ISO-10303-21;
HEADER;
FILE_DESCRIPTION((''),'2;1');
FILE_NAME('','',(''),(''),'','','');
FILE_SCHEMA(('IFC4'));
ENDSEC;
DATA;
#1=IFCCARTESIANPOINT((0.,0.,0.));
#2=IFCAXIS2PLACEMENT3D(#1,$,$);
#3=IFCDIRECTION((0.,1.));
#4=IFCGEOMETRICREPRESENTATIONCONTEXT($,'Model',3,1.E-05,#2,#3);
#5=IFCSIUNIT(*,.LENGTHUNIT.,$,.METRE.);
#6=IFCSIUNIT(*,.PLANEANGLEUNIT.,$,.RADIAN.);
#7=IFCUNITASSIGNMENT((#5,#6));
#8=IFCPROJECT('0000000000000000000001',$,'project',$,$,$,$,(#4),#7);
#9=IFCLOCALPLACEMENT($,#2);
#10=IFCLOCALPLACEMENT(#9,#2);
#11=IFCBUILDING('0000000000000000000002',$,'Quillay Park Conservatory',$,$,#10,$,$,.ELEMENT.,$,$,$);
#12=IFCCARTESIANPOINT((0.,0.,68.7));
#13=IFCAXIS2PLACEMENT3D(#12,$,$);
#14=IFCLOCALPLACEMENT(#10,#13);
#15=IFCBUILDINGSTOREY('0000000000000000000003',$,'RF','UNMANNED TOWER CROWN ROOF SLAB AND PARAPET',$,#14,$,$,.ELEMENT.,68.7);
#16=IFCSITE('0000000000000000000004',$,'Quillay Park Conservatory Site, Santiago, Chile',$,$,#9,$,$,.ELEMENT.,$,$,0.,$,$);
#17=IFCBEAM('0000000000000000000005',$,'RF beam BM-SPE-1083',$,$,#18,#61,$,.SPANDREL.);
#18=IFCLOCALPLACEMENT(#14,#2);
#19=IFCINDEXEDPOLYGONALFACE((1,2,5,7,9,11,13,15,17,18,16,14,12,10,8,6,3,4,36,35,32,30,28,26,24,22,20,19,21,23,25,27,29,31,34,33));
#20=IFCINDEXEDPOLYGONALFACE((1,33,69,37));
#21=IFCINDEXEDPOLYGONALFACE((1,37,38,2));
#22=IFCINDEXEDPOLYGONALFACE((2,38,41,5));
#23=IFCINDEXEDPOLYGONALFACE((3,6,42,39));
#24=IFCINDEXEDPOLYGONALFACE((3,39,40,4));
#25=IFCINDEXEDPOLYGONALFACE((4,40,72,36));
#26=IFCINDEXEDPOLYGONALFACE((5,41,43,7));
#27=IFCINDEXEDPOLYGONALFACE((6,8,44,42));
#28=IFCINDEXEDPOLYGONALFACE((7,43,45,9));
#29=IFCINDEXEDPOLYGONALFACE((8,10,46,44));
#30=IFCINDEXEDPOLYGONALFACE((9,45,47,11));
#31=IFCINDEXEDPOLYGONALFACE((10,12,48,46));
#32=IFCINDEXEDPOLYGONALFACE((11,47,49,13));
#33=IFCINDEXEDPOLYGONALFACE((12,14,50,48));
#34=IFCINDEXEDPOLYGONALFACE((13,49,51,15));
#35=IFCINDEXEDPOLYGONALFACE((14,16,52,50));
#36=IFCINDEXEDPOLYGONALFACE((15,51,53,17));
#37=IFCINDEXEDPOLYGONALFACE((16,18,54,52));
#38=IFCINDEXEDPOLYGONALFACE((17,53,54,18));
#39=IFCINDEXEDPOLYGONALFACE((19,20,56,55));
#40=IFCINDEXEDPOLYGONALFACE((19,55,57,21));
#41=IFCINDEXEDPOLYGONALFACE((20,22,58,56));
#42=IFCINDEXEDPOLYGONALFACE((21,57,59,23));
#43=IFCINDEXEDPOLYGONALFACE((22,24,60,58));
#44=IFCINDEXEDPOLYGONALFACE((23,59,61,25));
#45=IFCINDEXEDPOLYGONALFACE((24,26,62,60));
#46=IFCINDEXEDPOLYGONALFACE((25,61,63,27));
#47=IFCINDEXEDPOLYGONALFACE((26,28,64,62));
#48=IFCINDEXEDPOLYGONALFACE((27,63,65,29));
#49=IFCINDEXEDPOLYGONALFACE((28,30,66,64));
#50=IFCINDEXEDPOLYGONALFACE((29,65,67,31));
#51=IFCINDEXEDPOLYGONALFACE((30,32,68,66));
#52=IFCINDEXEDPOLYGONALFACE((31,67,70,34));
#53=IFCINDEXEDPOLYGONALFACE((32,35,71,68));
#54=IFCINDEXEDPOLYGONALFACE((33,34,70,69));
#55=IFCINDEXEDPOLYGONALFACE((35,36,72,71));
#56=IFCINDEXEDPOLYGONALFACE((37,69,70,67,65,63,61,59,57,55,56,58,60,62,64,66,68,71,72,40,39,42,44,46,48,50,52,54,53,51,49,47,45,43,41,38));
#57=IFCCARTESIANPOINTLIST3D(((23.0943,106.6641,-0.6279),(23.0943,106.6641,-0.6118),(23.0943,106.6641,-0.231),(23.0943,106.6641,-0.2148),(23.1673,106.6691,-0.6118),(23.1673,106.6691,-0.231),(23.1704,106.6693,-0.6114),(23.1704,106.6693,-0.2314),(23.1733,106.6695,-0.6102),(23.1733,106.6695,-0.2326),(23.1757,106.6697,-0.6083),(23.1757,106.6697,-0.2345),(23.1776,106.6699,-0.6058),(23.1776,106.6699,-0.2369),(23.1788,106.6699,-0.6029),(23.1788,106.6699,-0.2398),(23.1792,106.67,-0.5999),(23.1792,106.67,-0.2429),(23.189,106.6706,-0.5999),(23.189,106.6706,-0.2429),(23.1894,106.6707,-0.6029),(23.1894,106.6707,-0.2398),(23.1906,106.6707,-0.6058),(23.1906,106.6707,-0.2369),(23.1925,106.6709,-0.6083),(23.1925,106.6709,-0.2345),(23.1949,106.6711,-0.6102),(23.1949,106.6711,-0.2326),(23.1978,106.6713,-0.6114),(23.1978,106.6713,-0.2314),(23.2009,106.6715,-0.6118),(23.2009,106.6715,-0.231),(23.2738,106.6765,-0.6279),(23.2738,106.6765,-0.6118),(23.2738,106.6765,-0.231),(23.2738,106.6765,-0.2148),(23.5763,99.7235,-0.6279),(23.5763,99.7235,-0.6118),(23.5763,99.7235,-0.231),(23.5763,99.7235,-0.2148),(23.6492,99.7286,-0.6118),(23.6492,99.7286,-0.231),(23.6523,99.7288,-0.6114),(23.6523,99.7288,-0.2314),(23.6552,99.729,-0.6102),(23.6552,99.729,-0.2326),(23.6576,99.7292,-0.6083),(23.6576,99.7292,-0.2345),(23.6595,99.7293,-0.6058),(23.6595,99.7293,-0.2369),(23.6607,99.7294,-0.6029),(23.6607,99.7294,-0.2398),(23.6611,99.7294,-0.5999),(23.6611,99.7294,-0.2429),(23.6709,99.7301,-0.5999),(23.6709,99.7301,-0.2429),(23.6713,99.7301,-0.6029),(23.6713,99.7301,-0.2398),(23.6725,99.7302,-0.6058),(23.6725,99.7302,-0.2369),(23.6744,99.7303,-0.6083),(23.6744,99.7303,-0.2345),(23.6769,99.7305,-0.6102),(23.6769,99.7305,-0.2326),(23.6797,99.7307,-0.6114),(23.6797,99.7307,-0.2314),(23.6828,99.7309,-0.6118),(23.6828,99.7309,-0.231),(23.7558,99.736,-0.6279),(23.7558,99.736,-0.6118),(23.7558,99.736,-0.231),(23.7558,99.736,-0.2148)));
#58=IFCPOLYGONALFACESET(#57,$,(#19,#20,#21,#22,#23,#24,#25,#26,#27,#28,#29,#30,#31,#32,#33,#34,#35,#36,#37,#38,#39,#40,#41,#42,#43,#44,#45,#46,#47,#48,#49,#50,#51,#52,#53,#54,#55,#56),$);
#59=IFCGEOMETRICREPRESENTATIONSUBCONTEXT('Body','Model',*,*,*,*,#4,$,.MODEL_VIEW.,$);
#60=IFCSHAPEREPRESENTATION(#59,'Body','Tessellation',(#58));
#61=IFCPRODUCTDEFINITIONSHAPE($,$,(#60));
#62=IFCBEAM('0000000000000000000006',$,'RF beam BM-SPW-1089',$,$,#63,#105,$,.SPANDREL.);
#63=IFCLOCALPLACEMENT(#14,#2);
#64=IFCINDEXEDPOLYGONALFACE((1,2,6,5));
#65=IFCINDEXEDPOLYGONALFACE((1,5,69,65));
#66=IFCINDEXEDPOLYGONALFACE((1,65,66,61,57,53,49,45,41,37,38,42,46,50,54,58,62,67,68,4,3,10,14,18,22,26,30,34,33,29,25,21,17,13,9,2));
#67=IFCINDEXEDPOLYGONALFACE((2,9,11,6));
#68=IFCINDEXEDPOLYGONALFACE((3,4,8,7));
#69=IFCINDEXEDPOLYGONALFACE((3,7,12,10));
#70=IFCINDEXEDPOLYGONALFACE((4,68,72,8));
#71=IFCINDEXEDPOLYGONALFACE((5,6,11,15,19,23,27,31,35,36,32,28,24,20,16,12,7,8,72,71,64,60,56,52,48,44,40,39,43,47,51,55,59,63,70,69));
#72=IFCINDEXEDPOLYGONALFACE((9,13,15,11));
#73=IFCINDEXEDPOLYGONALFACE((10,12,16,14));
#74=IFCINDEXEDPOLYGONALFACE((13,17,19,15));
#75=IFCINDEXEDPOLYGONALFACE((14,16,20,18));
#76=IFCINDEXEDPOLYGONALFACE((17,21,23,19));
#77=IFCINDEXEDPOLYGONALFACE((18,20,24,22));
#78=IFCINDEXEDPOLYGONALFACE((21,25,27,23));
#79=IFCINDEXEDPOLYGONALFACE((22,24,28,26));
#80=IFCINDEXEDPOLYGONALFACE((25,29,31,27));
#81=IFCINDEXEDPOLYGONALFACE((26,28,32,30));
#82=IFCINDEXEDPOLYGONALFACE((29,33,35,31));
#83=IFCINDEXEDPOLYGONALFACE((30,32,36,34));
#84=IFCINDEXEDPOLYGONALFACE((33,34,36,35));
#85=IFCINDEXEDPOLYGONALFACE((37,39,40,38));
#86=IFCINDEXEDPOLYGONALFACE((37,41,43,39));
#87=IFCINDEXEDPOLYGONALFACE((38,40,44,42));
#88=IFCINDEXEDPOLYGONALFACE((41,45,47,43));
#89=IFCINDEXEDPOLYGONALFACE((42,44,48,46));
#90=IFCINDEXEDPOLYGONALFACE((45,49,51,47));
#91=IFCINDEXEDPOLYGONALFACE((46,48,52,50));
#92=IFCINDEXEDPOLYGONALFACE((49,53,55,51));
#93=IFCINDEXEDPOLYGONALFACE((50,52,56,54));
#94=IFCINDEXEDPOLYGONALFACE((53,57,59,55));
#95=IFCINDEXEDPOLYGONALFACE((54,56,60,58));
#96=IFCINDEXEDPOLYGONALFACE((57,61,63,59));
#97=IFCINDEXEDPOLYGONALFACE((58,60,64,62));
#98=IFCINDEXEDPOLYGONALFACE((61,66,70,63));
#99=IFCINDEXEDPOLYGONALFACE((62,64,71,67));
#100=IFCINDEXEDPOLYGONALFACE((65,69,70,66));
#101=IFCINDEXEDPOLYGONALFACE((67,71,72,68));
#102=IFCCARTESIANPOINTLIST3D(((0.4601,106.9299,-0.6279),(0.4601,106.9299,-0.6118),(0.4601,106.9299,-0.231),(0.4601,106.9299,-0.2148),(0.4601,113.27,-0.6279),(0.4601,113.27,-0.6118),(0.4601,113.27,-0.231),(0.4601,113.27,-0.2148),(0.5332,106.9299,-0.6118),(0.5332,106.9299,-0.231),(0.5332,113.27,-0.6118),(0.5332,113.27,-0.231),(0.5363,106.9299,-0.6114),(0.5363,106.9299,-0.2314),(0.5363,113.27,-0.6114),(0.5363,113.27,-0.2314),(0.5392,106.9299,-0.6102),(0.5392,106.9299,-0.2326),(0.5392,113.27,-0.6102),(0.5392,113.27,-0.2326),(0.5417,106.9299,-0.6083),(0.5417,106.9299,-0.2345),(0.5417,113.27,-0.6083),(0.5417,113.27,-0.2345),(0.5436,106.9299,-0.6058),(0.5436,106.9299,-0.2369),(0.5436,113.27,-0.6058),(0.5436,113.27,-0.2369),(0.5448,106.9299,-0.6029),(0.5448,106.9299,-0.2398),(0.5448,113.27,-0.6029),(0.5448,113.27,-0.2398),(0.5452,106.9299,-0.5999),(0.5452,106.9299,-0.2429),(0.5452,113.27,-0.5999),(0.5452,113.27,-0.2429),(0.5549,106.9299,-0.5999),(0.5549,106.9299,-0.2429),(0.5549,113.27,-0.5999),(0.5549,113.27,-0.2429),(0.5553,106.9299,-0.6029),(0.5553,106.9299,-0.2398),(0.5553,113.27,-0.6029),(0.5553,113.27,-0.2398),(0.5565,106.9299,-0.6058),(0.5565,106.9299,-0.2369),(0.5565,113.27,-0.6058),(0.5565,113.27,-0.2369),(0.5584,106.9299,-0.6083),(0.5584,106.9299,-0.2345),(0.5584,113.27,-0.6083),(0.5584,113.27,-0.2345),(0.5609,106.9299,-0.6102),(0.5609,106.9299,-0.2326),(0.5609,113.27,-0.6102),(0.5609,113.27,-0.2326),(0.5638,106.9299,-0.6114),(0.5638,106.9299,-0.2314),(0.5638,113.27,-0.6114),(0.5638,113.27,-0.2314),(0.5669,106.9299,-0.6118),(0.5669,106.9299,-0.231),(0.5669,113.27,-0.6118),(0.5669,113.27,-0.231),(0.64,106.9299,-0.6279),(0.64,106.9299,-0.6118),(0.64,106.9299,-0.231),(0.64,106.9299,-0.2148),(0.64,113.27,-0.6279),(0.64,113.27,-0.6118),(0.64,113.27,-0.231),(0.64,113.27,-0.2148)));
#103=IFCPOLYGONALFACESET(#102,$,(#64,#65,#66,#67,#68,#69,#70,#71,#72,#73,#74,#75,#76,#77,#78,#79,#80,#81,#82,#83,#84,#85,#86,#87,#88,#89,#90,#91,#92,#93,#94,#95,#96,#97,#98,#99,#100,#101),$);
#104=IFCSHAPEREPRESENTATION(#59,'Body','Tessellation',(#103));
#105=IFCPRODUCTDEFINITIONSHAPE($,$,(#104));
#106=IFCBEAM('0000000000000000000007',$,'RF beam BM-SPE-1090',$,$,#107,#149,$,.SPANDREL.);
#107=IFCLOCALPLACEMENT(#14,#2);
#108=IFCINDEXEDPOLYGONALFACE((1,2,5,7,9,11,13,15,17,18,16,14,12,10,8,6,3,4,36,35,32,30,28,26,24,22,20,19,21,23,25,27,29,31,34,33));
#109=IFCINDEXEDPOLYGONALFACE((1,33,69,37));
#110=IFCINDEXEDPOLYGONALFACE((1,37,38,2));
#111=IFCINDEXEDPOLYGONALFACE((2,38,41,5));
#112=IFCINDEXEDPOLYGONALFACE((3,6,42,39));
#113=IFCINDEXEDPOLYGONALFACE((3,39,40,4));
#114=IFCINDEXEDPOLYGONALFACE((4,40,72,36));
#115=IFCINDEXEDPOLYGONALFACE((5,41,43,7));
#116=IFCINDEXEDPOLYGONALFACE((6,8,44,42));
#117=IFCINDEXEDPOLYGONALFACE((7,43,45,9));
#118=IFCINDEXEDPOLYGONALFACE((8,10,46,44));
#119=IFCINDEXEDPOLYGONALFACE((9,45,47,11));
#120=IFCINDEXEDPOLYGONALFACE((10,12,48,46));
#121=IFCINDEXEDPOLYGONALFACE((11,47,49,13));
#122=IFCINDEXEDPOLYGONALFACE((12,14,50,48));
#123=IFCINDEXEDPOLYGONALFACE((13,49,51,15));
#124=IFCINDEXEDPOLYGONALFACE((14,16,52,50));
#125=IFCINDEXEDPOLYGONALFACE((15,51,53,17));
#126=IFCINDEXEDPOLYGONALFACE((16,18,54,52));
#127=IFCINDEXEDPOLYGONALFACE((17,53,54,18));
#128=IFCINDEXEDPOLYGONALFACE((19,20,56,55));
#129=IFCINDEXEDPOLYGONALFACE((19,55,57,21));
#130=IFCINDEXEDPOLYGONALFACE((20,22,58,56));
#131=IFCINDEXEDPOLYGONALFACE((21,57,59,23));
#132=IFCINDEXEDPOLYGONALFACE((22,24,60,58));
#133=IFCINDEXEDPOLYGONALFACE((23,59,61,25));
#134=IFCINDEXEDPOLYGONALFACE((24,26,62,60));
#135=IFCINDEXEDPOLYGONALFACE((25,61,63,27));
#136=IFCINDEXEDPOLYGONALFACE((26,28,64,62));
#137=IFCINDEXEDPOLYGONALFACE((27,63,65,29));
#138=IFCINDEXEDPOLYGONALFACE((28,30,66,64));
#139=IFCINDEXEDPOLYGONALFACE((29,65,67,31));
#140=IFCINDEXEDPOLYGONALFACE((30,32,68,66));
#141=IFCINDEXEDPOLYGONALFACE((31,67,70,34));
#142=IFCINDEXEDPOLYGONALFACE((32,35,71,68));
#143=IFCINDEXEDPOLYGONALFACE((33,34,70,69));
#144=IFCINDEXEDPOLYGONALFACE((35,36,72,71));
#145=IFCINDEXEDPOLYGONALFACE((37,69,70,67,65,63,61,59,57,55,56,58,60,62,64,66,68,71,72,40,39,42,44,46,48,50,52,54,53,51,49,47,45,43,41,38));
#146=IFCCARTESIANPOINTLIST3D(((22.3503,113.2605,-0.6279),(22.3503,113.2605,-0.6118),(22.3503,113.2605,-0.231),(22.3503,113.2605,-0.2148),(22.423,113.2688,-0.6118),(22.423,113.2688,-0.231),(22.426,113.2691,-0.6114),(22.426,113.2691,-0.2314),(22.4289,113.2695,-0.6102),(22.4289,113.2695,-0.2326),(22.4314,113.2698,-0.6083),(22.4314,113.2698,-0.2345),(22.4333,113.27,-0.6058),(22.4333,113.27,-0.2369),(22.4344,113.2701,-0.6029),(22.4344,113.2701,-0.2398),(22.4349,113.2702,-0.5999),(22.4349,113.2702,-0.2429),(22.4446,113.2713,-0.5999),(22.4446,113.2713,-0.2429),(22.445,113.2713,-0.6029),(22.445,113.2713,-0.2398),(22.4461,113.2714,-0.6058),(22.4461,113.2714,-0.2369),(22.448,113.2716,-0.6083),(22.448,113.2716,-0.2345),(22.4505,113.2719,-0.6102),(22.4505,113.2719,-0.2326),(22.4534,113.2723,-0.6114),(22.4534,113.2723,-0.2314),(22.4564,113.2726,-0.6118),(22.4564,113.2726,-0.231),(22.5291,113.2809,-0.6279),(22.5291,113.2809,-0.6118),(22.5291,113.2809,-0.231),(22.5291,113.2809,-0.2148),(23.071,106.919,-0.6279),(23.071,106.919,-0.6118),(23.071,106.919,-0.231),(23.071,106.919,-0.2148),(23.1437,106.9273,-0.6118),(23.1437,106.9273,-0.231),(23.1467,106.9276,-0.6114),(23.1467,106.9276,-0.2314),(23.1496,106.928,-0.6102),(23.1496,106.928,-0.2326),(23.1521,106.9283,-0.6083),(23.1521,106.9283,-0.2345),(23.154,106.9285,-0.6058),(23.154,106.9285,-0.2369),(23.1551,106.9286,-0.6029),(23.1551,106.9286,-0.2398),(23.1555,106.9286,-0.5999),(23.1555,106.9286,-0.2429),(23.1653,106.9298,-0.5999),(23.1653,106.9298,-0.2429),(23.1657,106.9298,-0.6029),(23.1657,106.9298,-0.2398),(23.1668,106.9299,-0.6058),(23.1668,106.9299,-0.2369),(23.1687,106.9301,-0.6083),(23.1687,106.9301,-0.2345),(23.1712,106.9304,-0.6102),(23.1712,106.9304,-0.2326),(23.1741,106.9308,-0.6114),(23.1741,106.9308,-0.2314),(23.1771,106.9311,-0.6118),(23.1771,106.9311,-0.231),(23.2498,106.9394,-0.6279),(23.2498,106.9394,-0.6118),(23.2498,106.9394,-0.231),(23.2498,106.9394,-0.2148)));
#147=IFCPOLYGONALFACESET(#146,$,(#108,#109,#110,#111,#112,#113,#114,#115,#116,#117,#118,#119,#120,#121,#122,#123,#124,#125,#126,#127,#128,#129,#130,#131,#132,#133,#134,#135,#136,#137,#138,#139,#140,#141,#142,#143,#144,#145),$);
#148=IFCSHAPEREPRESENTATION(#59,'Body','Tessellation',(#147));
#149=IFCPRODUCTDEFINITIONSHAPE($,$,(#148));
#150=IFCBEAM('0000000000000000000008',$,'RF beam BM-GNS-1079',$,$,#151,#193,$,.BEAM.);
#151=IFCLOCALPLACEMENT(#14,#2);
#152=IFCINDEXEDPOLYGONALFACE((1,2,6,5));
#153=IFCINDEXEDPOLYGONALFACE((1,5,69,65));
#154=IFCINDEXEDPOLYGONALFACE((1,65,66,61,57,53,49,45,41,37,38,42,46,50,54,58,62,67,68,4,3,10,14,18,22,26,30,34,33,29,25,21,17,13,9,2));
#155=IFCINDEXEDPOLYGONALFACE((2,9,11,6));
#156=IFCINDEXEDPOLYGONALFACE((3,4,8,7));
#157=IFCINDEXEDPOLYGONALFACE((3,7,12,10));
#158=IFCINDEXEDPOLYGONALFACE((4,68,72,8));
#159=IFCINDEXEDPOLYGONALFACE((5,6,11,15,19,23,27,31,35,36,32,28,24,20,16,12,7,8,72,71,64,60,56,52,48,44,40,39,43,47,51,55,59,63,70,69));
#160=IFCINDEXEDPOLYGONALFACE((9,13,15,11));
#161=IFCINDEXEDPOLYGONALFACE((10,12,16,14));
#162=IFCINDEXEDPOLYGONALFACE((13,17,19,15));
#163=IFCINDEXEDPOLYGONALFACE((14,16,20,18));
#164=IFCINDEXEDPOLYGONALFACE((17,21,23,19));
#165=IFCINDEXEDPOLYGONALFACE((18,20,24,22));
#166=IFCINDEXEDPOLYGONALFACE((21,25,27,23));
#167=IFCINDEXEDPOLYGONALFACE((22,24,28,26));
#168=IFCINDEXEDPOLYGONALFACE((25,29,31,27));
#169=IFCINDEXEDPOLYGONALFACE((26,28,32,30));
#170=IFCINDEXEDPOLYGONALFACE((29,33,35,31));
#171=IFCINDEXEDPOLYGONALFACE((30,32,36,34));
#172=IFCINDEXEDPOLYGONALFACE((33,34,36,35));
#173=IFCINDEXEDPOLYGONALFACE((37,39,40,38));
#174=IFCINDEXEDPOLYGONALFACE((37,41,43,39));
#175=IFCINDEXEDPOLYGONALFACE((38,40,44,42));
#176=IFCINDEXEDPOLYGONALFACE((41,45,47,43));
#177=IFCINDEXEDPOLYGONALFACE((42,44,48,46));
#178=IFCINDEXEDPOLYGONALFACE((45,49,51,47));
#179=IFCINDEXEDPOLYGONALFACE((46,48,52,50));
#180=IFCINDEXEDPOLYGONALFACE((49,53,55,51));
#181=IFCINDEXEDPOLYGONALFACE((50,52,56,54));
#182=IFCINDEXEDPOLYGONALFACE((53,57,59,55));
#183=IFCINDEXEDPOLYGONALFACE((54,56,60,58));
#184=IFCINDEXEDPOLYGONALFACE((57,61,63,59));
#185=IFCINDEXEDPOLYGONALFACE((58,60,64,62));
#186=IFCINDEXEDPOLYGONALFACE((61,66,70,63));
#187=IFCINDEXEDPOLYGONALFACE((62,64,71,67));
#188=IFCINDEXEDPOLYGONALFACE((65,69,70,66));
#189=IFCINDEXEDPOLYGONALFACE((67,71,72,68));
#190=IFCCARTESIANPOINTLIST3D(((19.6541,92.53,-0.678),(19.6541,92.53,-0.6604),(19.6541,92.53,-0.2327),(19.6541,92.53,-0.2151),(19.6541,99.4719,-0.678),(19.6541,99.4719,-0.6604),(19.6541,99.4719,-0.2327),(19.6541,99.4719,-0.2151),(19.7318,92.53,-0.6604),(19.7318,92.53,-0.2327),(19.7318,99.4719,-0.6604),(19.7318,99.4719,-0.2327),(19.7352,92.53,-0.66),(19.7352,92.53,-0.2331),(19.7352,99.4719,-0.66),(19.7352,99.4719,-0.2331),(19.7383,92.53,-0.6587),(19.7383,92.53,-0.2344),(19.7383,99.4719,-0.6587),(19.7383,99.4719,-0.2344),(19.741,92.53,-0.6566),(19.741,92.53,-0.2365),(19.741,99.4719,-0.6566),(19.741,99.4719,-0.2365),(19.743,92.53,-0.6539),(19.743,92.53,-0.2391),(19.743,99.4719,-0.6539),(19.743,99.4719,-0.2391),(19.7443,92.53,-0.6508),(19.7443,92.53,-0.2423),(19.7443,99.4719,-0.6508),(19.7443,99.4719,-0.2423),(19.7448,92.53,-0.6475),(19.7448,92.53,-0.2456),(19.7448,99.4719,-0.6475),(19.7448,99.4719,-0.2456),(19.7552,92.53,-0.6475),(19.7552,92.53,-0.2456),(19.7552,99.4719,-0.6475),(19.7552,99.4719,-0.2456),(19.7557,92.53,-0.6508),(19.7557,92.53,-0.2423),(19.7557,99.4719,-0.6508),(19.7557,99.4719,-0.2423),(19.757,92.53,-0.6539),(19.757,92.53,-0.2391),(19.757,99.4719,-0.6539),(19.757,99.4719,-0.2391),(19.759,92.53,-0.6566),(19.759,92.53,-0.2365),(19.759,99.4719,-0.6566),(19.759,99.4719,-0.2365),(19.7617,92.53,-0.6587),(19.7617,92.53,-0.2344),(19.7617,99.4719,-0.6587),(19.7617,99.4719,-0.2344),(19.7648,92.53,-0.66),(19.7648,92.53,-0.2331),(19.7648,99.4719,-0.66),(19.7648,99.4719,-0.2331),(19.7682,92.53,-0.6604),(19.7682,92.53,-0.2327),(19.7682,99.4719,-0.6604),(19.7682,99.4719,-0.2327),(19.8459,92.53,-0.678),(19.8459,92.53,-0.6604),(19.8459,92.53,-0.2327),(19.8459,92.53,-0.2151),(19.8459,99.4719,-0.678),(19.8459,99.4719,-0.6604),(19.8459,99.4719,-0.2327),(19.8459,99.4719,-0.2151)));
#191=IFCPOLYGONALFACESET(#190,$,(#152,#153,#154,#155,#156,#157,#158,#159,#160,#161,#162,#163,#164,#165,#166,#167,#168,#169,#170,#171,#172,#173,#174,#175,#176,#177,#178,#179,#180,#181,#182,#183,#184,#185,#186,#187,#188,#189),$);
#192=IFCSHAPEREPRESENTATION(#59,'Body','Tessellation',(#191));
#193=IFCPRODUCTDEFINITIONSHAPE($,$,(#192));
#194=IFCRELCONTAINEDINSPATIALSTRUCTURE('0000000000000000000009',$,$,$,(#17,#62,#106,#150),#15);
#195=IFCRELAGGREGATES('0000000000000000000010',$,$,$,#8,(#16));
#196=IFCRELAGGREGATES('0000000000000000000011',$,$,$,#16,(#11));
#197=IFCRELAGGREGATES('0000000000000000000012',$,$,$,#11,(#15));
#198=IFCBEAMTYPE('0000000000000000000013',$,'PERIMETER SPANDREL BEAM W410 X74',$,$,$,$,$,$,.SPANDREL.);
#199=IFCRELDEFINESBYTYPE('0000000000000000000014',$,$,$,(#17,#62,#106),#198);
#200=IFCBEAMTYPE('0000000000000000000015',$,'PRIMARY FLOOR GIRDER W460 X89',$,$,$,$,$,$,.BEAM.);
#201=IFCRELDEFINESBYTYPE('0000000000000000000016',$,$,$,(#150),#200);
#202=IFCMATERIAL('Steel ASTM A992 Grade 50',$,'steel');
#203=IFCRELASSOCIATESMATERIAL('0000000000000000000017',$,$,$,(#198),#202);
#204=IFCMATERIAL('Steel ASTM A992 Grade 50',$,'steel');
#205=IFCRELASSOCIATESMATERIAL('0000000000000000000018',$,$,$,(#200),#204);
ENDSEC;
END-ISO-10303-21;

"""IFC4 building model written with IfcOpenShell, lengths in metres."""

from ifc_helpers import new_model, si_unit, direction, frame, origin, origin_2d, place, context, subcontext, project, spatial, i_section, extrude, material, material_profile, profile_set, type_object, element, save


model = new_model("IFC4")

# Units and contexts
model_context = context("Model", 3, precision=1e-05, world=origin(), true_north=direction((0.0, 1.0)))
body_context = subcontext(model_context, "Body", "Model", "MODEL_VIEW")
ifc_project = project(units=[si_unit("LENGTHUNIT", "METRE"), si_unit("PLANEANGLEUNIT", "RADIAN")], contexts=[model_context])

# Site, building, storey
site_placement = place(None, origin())
site = spatial("IfcSite", under=ifc_project, at=site_placement, Name="Quillay Park Conservatory Site, Santiago, Chile", CompositionType="ELEMENT", RefElevation=0.0)
building_placement = place(site_placement, origin())
building = spatial("IfcBuilding", under=site, at=building_placement, Name="Quillay Park Conservatory", CompositionType="ELEMENT")
storey_placement = place(building_placement, frame((0.0, 0.0, 68.7)))
storey = spatial("IfcBuildingStorey", under=building, at=storey_placement, Name="RF", Description="UNMANNED TOWER CROWN ROOF SLAB AND PARAPET", CompositionType="ELEMENT", Elevation=68.7)

# Beams
ifc_material_1 = material(Name="Steel ASTM A992 Grade 50", Category="steel")
ifc_material_profile_1 = material_profile(ifc_material_1, i_section(OverallWidth=0.1799, OverallDepth=0.4131, WebThickness=0.0098, FlangeThickness=0.0161, FilletRadius=0.012, at=origin_2d()), Name="W410x74")
ifc_profile_set_1 = profile_set([ifc_material_profile_1], Name="Steel ASTM A992 Grade 50")
beam_type_1 = type_object("IfcBeamType", Name="PERIMETER SPANDREL BEAM W410 X74", PredefinedType="SPANDREL", material=ifc_profile_set_1)
beam_1_placement = place(storey_placement, frame((23.666, 99.7297, -0.4214), z_axis=(-0.069269, 0.997598, 0.0), x_axis=(-0.997598, -0.069269, 0.0)))
element("IfcBeam", 1, at=beam_1_placement, inside=storey, type_object=beam_type_1, Name="RF beam BM-SPE-1083", PredefinedType="SPANDREL", context=body_context, shape_type="SweptSolid", body=[
    extrude(i_section(OverallWidth=0.1799, OverallDepth=0.4131, WebThickness=0.0098, FlangeThickness=0.0161, FilletRadius=0.012, at=origin_2d()), origin(), (0.0, 0.0, 1.0), 6.9573),
])
beam_2_placement = place(storey_placement, frame((0.55, 106.9299, -0.4214), z_axis=(0.0, 1.0, 0.0), x_axis=(-1.0, 0.0, 0.0)))
element("IfcBeam", 2, at=beam_2_placement, inside=storey, type_object=beam_type_1, Name="RF beam BM-SPW-1089", PredefinedType="SPANDREL", context=body_context, shape_type="SweptSolid", body=[
    extrude(i_section(OverallWidth=0.1799, OverallDepth=0.4131, WebThickness=0.0098, FlangeThickness=0.0161, FilletRadius=0.012, at=origin_2d()), origin(), (0.0, 0.0, 1.0), 6.3401),
])
beam_3_placement = place(storey_placement, frame((23.1604, 106.9292, -0.4214), z_axis=(-0.112921, 0.993604, 0.0), x_axis=(-0.993604, -0.112921, 0.0)))
element("IfcBeam", 3, at=beam_3_placement, inside=storey, type_object=beam_type_1, Name="RF beam BM-SPE-1090", PredefinedType="SPANDREL", context=body_context, shape_type="SweptSolid", body=[
    extrude(i_section(OverallWidth=0.1799, OverallDepth=0.4131, WebThickness=0.0098, FlangeThickness=0.0161, FilletRadius=0.012, at=origin_2d()), origin(), (0.0, 0.0, 1.0), 6.3823),
])
ifc_material_2 = material(Name="Steel ASTM A992 Grade 50", Category="steel")
ifc_material_profile_2 = material_profile(ifc_material_2, i_section(OverallWidth=0.1919, OverallDepth=0.4629, WebThickness=0.0105, FlangeThickness=0.0176, FilletRadius=0.0129, at=origin_2d()), Name="W460x89")
ifc_profile_set_2 = profile_set([ifc_material_profile_2], Name="Steel ASTM A992 Grade 50")
beam_type_2 = type_object("IfcBeamType", Name="PRIMARY FLOOR GIRDER W460 X89", PredefinedType="BEAM", material=ifc_profile_set_2)
for number, where, z_axis, x_axis, name in (
    (4, (19.75, 92.53, -0.4465), (0.0, 1.0, 0.0), (-1.0, 0.0, 0.0), "RF beam BM-GNS-1079"),
):
    element("IfcBeam", number, at=place(storey_placement, frame(where, z_axis=z_axis, x_axis=x_axis)), inside=storey, type_object=beam_type_2, Name=name, PredefinedType="BEAM", context=body_context, shape_type="SweptSolid", body=[
        extrude(i_section(OverallWidth=0.1919, OverallDepth=0.4629, WebThickness=0.0105, FlangeThickness=0.0176, FilletRadius=0.0129, at=origin_2d()), origin(), (0.0, 0.0, 1.0), 6.9419),
    ])

save(model, "model.ifc")
